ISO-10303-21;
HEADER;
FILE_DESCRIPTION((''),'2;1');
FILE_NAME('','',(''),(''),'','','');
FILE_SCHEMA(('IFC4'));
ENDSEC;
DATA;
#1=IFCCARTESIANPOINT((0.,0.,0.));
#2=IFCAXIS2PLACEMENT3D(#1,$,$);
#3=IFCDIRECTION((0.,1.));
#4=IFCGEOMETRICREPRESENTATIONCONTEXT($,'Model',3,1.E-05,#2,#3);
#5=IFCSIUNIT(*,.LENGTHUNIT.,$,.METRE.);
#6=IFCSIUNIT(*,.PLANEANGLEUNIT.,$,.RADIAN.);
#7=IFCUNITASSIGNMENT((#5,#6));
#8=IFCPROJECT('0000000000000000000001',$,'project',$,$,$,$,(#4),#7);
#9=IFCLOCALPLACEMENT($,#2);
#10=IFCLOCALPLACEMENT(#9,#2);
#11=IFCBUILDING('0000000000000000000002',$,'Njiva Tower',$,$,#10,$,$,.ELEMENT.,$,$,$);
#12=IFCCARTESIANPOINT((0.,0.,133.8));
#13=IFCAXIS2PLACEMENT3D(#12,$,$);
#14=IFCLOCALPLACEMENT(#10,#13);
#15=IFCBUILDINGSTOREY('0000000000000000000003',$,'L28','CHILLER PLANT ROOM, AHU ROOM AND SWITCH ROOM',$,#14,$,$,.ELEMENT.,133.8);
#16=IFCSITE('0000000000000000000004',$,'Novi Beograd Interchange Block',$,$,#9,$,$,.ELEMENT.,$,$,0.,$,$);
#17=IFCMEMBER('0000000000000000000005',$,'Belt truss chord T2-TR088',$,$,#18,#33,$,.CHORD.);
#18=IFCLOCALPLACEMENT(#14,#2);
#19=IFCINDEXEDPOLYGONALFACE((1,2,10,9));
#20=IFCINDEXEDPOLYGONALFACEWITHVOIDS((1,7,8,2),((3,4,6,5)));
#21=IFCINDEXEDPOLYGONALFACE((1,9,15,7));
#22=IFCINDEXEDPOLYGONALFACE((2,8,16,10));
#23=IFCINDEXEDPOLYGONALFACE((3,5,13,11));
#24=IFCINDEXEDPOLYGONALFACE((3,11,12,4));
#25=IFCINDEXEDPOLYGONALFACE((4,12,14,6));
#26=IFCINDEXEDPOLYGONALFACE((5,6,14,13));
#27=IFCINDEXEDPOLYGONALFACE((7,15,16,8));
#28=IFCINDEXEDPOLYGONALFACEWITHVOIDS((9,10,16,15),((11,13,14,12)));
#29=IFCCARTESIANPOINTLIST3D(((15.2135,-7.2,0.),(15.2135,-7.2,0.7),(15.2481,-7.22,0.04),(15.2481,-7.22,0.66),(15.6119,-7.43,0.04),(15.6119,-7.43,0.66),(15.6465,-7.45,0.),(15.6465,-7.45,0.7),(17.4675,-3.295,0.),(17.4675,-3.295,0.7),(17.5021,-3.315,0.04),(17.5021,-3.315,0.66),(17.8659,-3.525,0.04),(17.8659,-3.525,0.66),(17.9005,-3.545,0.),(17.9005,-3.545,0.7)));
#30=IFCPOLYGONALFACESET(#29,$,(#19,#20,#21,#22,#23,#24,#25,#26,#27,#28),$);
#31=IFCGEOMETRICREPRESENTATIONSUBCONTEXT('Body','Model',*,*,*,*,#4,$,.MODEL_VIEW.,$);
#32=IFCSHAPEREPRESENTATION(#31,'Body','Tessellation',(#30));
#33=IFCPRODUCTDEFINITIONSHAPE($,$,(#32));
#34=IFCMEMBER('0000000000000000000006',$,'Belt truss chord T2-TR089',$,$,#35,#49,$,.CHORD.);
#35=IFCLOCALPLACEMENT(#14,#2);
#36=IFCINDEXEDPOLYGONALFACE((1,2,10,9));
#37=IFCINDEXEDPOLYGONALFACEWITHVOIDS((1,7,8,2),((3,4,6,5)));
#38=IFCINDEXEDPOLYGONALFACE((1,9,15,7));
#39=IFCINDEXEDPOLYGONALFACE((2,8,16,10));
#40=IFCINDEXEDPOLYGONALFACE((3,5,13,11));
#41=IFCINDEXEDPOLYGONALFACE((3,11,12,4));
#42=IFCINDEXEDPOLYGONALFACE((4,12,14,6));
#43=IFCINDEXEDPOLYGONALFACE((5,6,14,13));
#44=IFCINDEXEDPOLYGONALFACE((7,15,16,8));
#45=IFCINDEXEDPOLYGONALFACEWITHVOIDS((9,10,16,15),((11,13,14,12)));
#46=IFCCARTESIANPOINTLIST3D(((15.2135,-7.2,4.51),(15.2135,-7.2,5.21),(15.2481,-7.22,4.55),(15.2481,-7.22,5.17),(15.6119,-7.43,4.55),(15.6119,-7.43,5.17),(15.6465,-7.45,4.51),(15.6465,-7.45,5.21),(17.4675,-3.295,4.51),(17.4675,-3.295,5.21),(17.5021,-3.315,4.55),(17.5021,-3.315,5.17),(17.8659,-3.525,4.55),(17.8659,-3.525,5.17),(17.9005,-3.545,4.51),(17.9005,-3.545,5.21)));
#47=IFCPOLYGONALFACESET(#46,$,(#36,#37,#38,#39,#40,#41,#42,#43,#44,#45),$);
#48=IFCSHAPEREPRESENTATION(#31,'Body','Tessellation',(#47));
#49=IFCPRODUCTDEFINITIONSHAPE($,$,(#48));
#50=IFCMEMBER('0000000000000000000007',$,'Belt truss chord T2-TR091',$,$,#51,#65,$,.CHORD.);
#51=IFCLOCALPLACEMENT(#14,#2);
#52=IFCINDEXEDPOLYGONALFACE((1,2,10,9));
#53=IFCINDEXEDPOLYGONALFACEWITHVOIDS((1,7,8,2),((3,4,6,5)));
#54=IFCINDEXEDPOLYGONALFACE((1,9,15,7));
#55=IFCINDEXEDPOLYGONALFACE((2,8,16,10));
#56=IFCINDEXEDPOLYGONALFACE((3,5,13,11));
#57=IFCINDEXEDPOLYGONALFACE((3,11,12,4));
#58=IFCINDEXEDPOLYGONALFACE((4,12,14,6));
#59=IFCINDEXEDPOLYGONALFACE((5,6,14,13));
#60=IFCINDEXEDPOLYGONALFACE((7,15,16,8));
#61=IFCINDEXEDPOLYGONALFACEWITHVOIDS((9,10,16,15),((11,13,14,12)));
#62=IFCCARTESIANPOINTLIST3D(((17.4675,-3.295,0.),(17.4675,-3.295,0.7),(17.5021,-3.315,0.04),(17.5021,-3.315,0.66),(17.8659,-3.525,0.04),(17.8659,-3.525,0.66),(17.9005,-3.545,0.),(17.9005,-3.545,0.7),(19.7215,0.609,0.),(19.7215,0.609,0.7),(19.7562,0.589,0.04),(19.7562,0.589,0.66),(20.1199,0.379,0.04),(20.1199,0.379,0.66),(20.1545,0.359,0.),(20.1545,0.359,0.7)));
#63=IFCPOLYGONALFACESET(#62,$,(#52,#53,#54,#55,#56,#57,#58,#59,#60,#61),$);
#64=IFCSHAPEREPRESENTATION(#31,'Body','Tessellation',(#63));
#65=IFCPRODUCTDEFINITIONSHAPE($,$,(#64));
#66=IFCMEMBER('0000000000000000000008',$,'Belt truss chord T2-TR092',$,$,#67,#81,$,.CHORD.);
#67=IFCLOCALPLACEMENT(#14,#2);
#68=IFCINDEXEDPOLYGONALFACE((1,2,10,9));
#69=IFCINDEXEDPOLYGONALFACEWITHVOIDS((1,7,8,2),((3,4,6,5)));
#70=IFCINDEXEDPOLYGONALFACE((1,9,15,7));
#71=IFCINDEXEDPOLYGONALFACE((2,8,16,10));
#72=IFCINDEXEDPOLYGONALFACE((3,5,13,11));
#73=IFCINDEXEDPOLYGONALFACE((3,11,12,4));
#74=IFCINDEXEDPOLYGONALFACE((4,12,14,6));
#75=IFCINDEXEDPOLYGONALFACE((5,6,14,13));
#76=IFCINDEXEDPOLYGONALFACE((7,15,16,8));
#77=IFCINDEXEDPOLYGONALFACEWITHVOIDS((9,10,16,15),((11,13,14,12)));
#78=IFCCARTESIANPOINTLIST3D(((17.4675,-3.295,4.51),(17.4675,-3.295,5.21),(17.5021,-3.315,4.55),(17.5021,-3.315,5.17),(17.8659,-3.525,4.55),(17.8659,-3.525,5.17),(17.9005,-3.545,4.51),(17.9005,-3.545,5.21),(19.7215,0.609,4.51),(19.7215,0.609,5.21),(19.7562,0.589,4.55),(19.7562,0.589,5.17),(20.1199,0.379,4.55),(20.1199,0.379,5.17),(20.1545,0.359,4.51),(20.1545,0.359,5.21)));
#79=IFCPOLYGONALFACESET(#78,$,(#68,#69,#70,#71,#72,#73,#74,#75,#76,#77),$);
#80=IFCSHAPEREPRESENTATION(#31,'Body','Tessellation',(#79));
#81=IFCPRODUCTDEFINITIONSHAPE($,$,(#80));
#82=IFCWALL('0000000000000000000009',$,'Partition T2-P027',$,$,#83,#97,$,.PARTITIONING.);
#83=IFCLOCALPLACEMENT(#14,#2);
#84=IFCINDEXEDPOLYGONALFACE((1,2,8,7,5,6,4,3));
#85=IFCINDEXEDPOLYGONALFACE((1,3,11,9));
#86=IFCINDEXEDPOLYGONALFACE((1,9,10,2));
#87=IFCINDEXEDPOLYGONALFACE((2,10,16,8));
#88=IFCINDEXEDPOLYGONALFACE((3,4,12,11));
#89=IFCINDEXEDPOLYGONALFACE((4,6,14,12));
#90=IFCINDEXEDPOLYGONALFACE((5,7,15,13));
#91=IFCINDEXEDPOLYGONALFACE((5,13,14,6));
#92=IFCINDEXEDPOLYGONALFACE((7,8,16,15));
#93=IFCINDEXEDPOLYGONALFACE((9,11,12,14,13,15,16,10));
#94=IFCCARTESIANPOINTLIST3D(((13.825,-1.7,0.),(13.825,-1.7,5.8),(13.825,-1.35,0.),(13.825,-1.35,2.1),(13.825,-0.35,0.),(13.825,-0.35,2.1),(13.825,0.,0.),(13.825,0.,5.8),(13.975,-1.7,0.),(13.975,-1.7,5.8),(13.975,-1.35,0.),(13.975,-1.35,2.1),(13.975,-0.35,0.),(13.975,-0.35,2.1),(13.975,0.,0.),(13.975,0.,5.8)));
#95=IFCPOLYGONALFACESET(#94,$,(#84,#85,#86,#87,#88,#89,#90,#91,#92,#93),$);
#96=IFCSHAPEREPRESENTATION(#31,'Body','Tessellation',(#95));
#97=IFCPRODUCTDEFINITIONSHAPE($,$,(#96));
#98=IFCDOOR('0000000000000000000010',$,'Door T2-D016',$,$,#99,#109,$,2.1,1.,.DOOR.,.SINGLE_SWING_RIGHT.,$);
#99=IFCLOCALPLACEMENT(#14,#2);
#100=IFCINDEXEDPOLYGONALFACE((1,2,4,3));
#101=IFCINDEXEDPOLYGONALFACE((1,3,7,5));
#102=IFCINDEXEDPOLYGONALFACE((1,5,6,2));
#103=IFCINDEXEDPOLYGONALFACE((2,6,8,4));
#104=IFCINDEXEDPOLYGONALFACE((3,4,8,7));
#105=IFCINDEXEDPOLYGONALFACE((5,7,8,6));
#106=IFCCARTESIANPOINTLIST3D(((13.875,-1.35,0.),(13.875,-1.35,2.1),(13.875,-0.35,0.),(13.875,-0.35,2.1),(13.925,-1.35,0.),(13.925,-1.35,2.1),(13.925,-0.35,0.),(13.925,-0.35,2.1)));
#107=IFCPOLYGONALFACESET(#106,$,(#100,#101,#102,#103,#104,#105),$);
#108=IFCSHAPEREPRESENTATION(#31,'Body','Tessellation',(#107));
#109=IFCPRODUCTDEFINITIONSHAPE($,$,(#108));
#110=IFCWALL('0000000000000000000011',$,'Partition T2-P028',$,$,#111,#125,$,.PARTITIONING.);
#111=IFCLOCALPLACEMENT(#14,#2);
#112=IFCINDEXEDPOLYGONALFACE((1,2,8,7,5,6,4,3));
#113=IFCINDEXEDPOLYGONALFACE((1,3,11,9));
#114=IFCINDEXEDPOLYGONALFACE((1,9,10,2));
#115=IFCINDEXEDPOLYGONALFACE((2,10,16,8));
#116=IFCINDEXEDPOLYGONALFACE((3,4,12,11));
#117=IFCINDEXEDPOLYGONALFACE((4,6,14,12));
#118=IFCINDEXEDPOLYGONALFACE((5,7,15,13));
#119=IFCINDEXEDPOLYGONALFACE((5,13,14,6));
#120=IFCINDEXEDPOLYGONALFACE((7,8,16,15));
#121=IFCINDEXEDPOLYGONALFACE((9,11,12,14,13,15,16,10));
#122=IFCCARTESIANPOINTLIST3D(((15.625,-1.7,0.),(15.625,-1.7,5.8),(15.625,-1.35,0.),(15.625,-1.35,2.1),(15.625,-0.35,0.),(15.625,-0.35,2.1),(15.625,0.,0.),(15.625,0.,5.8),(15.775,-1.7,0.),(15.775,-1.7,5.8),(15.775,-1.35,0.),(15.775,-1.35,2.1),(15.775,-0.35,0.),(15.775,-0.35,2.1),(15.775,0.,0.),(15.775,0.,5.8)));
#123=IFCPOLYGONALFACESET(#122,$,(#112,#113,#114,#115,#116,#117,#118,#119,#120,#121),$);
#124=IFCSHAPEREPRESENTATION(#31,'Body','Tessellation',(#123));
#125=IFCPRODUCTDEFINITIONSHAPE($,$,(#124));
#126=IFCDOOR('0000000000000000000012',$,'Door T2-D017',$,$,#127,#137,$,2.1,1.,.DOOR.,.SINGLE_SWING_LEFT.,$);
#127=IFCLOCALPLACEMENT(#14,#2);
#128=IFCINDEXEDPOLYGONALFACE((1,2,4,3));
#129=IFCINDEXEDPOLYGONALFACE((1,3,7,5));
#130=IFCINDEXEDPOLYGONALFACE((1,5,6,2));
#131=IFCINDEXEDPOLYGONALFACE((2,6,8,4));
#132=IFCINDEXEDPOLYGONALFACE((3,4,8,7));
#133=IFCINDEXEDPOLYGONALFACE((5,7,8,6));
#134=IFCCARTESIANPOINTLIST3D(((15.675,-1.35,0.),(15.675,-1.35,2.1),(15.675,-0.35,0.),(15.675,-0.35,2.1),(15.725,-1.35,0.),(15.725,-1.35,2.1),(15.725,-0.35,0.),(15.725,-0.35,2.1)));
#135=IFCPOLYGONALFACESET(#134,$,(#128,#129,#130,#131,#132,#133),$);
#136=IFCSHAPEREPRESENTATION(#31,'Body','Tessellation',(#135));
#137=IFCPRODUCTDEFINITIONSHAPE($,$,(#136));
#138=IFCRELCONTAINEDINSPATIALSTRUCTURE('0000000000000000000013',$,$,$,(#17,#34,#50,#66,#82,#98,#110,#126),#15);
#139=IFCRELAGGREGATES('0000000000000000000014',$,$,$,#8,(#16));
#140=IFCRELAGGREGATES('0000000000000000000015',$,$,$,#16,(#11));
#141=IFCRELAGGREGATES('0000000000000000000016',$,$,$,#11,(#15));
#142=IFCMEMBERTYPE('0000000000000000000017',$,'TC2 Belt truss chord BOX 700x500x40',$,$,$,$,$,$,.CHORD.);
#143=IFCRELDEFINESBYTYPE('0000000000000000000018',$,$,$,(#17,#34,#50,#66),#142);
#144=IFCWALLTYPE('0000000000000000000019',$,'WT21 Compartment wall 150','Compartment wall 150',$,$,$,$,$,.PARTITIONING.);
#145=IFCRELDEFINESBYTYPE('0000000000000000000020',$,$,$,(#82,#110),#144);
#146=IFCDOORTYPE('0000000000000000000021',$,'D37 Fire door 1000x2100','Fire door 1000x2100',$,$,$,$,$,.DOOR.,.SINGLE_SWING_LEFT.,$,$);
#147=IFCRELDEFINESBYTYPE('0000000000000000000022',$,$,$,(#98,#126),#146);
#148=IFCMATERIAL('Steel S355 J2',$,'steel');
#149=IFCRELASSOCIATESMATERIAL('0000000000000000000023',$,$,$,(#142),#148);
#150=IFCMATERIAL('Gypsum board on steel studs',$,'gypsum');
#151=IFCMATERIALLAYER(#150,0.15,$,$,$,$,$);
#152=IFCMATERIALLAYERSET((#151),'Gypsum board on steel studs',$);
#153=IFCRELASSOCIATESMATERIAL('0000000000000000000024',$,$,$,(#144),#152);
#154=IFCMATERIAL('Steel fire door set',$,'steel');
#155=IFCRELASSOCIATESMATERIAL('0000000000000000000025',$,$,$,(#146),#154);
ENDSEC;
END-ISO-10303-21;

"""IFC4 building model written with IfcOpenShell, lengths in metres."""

from ifc_helpers import new_model, si_unit, direction, frame, frame_2d, origin, origin_2d, place, context, subcontext, project, spatial, rectangle, hollow_rectangle, extrude, material, layer, layer_set, material_profile, profile_set, type_object, element, fill, save


model = new_model("IFC4")

# Units and contexts
model_context = context("Model", 3, precision=1e-05, world=origin(), true_north=direction((0.0, 1.0)))
body_context = subcontext(model_context, "Body", "Model", "MODEL_VIEW")
ifc_project = project(units=[si_unit("LENGTHUNIT", "METRE"), si_unit("PLANEANGLEUNIT", "RADIAN")], contexts=[model_context])

# Site, building, storey
site_placement = place(None, origin())
site = spatial("IfcSite", under=ifc_project, at=site_placement, Name="Novi Beograd Interchange Block", CompositionType="ELEMENT", RefElevation=0.0)
building_placement = place(site_placement, origin())
building = spatial("IfcBuilding", under=site, at=building_placement, Name="Njiva Tower", CompositionType="ELEMENT")
storey_placement = place(building_placement, frame((0.0, 0.0, 133.8)))
storey = spatial("IfcBuildingStorey", under=building, at=storey_placement, Name="L28", Description="CHILLER PLANT ROOM, AHU ROOM AND SWITCH ROOM", CompositionType="ELEMENT", Elevation=133.8)

# Shared definitions
ifc_material_1 = material(Name="Steel S355 J2", Category="steel")

# Members
ifc_material_profile_1 = material_profile(ifc_material_1, hollow_rectangle(XDim=0.5, YDim=0.7, WallThickness=0.04, at=origin_2d()), Name="BOX 700x500x40")
ifc_profile_set_1 = profile_set([ifc_material_profile_1], Name="Steel S355 J2")
member_type_1 = type_object("IfcMemberType", Name="TC2 Belt truss chord BOX 700x500x40", PredefinedType="CHORD", material=ifc_profile_set_1)
for number, where, z_axis, x_axis, name in (
    (1, (15.43, -7.325, 0.35), (0.499908, 0.866078, 0.0), (-0.866078, 0.499908, 0.0), "Belt truss chord T2-TR088"),
    (2, (15.43, -7.325, 4.86), (0.499908, 0.866078, 0.0), (-0.866078, 0.499908, 0.0), "Belt truss chord T2-TR089"),
):
    element("IfcMember", number, at=place(storey_placement, frame(where, z_axis=z_axis, x_axis=x_axis)), inside=storey, type_object=member_type_1, Name=name, PredefinedType="CHORD", context=body_context, shape_type="SweptSolid", body=[
        extrude(hollow_rectangle(XDim=0.5, YDim=0.7, WallThickness=0.04, at=origin_2d()), origin(), (0.0, 0.0, 1.0), 4.5088),
    ])
for number, where, z_axis, x_axis, name in (
    (3, (17.684, -3.42, 0.35), (0.500004, 0.866023, 0.0), (-0.866023, 0.500004, 0.0), "Belt truss chord T2-TR091"),
    (4, (17.684, -3.42, 4.86), (0.500004, 0.866023, 0.0), (-0.866023, 0.500004, 0.0), "Belt truss chord T2-TR092"),
):
    element("IfcMember", number, at=place(storey_placement, frame(where, z_axis=z_axis, x_axis=x_axis)), inside=storey, type_object=member_type_1, Name=name, PredefinedType="CHORD", context=body_context, shape_type="SweptSolid", body=[
        extrude(hollow_rectangle(XDim=0.5, YDim=0.7, WallThickness=0.04, at=origin_2d()), origin(), (0.0, 0.0, 1.0), 4.508),
    ])

# Walls, openings, doors
ifc_material_2 = material(Name="Gypsum board on steel studs", Category="gypsum")
ifc_layer = layer(ifc_material_2, 0.15)
ifc_layer_set = layer_set([ifc_layer], Name="Gypsum board on steel studs")
wall_type = type_object("IfcWallType", Name="WT21 Compartment wall 150", Description="Compartment wall 150", PredefinedType="PARTITIONING", material=ifc_layer_set)
wall_1_placement = place(storey_placement, frame((13.9, -1.7, 0.0), z_axis=(0.0, 0.0, 1.0), x_axis=(0.0, 1.0, 0.0)))
wall_1 = element("IfcWall", 5, at=wall_1_placement, inside=storey, type_object=wall_type, Name="Partition T2-P027", PredefinedType="PARTITIONING", context=body_context, shape_type="SweptSolid", body=[
    extrude(rectangle(XDim=1.7, YDim=0.15, at=frame_2d((0.85, 0.0))), origin(), (0.0, 0.0, 1.0), 5.8),
])
opening_1_placement = place(wall_1_placement, frame((0.35, 0.0, 0.0)))
opening_1 = element("IfcOpeningElement", 6, at=opening_1_placement, cuts=wall_1, PredefinedType="OPENING", context=body_context, shape_type="SweptSolid", body=[
    extrude(rectangle(XDim=1.0, YDim=2.1, at=frame_2d((0.5, 1.05))), frame((0.0, 0.085, 0.0), z_axis=(0.0, -1.0, 0.0), x_axis=(1.0, 0.0, 0.0)), (0.0, 0.0, 1.0), 0.17),
])
ifc_material_3 = material(Name="Steel fire door set", Category="steel")
door_type = type_object("IfcDoorType", Name="D37 Fire door 1000x2100", Description="Fire door 1000x2100", OperationType="SINGLE_SWING_LEFT", PredefinedType="DOOR", material=ifc_material_3)
door_1_placement = place(opening_1_placement, origin())
door_1 = element("IfcDoor", 7, at=door_1_placement, inside=storey, type_object=door_type, Name="Door T2-D016", OperationType="SINGLE_SWING_RIGHT", OverallHeight=2.1, OverallWidth=1.0, PredefinedType="DOOR", context=body_context, shape_type="SweptSolid", body=[
    extrude(rectangle(XDim=1.0, YDim=2.1, at=frame_2d((0.5, 1.05))), frame((0.0, 0.025, 0.0), z_axis=(0.0, -1.0, 0.0), x_axis=(1.0, 0.0, 0.0)), (0.0, 0.0, 1.0), 0.05),
])
fill(opening_1, door_1)
wall_2_placement = place(storey_placement, frame((15.7, -1.7, 0.0), z_axis=(0.0, 0.0, 1.0), x_axis=(0.0, 1.0, 0.0)))
wall_2 = element("IfcWall", 8, at=wall_2_placement, inside=storey, type_object=wall_type, Name="Partition T2-P028", PredefinedType="PARTITIONING", context=body_context, shape_type="SweptSolid", body=[
    extrude(rectangle(XDim=1.7, YDim=0.15, at=frame_2d((0.85, 0.0))), origin(), (0.0, 0.0, 1.0), 5.8),
])
opening_2_placement = place(wall_2_placement, frame((0.35, 0.0, 0.0)))
opening_2 = element("IfcOpeningElement", 9, at=opening_2_placement, cuts=wall_2, PredefinedType="OPENING", context=body_context, shape_type="SweptSolid", body=[
    extrude(rectangle(XDim=1.0, YDim=2.1, at=frame_2d((0.5, 1.05))), frame((0.0, 0.085, 0.0), z_axis=(0.0, -1.0, 0.0), x_axis=(1.0, 0.0, 0.0)), (0.0, 0.0, 1.0), 0.17),
])
door_2_placement = place(opening_2_placement, origin())
door_2 = element("IfcDoor", 10, at=door_2_placement, inside=storey, type_object=door_type, Name="Door T2-D017", OperationType="SINGLE_SWING_LEFT", OverallHeight=2.1, OverallWidth=1.0, PredefinedType="DOOR", context=body_context, shape_type="SweptSolid", body=[
    extrude(rectangle(XDim=1.0, YDim=2.1, at=frame_2d((0.5, 1.05))), frame((0.0, 0.025, 0.0), z_axis=(0.0, -1.0, 0.0), x_axis=(1.0, 0.0, 0.0)), (0.0, 0.0, 1.0), 0.05),
])
fill(opening_2, door_2)

save(model, "model.ifc")
